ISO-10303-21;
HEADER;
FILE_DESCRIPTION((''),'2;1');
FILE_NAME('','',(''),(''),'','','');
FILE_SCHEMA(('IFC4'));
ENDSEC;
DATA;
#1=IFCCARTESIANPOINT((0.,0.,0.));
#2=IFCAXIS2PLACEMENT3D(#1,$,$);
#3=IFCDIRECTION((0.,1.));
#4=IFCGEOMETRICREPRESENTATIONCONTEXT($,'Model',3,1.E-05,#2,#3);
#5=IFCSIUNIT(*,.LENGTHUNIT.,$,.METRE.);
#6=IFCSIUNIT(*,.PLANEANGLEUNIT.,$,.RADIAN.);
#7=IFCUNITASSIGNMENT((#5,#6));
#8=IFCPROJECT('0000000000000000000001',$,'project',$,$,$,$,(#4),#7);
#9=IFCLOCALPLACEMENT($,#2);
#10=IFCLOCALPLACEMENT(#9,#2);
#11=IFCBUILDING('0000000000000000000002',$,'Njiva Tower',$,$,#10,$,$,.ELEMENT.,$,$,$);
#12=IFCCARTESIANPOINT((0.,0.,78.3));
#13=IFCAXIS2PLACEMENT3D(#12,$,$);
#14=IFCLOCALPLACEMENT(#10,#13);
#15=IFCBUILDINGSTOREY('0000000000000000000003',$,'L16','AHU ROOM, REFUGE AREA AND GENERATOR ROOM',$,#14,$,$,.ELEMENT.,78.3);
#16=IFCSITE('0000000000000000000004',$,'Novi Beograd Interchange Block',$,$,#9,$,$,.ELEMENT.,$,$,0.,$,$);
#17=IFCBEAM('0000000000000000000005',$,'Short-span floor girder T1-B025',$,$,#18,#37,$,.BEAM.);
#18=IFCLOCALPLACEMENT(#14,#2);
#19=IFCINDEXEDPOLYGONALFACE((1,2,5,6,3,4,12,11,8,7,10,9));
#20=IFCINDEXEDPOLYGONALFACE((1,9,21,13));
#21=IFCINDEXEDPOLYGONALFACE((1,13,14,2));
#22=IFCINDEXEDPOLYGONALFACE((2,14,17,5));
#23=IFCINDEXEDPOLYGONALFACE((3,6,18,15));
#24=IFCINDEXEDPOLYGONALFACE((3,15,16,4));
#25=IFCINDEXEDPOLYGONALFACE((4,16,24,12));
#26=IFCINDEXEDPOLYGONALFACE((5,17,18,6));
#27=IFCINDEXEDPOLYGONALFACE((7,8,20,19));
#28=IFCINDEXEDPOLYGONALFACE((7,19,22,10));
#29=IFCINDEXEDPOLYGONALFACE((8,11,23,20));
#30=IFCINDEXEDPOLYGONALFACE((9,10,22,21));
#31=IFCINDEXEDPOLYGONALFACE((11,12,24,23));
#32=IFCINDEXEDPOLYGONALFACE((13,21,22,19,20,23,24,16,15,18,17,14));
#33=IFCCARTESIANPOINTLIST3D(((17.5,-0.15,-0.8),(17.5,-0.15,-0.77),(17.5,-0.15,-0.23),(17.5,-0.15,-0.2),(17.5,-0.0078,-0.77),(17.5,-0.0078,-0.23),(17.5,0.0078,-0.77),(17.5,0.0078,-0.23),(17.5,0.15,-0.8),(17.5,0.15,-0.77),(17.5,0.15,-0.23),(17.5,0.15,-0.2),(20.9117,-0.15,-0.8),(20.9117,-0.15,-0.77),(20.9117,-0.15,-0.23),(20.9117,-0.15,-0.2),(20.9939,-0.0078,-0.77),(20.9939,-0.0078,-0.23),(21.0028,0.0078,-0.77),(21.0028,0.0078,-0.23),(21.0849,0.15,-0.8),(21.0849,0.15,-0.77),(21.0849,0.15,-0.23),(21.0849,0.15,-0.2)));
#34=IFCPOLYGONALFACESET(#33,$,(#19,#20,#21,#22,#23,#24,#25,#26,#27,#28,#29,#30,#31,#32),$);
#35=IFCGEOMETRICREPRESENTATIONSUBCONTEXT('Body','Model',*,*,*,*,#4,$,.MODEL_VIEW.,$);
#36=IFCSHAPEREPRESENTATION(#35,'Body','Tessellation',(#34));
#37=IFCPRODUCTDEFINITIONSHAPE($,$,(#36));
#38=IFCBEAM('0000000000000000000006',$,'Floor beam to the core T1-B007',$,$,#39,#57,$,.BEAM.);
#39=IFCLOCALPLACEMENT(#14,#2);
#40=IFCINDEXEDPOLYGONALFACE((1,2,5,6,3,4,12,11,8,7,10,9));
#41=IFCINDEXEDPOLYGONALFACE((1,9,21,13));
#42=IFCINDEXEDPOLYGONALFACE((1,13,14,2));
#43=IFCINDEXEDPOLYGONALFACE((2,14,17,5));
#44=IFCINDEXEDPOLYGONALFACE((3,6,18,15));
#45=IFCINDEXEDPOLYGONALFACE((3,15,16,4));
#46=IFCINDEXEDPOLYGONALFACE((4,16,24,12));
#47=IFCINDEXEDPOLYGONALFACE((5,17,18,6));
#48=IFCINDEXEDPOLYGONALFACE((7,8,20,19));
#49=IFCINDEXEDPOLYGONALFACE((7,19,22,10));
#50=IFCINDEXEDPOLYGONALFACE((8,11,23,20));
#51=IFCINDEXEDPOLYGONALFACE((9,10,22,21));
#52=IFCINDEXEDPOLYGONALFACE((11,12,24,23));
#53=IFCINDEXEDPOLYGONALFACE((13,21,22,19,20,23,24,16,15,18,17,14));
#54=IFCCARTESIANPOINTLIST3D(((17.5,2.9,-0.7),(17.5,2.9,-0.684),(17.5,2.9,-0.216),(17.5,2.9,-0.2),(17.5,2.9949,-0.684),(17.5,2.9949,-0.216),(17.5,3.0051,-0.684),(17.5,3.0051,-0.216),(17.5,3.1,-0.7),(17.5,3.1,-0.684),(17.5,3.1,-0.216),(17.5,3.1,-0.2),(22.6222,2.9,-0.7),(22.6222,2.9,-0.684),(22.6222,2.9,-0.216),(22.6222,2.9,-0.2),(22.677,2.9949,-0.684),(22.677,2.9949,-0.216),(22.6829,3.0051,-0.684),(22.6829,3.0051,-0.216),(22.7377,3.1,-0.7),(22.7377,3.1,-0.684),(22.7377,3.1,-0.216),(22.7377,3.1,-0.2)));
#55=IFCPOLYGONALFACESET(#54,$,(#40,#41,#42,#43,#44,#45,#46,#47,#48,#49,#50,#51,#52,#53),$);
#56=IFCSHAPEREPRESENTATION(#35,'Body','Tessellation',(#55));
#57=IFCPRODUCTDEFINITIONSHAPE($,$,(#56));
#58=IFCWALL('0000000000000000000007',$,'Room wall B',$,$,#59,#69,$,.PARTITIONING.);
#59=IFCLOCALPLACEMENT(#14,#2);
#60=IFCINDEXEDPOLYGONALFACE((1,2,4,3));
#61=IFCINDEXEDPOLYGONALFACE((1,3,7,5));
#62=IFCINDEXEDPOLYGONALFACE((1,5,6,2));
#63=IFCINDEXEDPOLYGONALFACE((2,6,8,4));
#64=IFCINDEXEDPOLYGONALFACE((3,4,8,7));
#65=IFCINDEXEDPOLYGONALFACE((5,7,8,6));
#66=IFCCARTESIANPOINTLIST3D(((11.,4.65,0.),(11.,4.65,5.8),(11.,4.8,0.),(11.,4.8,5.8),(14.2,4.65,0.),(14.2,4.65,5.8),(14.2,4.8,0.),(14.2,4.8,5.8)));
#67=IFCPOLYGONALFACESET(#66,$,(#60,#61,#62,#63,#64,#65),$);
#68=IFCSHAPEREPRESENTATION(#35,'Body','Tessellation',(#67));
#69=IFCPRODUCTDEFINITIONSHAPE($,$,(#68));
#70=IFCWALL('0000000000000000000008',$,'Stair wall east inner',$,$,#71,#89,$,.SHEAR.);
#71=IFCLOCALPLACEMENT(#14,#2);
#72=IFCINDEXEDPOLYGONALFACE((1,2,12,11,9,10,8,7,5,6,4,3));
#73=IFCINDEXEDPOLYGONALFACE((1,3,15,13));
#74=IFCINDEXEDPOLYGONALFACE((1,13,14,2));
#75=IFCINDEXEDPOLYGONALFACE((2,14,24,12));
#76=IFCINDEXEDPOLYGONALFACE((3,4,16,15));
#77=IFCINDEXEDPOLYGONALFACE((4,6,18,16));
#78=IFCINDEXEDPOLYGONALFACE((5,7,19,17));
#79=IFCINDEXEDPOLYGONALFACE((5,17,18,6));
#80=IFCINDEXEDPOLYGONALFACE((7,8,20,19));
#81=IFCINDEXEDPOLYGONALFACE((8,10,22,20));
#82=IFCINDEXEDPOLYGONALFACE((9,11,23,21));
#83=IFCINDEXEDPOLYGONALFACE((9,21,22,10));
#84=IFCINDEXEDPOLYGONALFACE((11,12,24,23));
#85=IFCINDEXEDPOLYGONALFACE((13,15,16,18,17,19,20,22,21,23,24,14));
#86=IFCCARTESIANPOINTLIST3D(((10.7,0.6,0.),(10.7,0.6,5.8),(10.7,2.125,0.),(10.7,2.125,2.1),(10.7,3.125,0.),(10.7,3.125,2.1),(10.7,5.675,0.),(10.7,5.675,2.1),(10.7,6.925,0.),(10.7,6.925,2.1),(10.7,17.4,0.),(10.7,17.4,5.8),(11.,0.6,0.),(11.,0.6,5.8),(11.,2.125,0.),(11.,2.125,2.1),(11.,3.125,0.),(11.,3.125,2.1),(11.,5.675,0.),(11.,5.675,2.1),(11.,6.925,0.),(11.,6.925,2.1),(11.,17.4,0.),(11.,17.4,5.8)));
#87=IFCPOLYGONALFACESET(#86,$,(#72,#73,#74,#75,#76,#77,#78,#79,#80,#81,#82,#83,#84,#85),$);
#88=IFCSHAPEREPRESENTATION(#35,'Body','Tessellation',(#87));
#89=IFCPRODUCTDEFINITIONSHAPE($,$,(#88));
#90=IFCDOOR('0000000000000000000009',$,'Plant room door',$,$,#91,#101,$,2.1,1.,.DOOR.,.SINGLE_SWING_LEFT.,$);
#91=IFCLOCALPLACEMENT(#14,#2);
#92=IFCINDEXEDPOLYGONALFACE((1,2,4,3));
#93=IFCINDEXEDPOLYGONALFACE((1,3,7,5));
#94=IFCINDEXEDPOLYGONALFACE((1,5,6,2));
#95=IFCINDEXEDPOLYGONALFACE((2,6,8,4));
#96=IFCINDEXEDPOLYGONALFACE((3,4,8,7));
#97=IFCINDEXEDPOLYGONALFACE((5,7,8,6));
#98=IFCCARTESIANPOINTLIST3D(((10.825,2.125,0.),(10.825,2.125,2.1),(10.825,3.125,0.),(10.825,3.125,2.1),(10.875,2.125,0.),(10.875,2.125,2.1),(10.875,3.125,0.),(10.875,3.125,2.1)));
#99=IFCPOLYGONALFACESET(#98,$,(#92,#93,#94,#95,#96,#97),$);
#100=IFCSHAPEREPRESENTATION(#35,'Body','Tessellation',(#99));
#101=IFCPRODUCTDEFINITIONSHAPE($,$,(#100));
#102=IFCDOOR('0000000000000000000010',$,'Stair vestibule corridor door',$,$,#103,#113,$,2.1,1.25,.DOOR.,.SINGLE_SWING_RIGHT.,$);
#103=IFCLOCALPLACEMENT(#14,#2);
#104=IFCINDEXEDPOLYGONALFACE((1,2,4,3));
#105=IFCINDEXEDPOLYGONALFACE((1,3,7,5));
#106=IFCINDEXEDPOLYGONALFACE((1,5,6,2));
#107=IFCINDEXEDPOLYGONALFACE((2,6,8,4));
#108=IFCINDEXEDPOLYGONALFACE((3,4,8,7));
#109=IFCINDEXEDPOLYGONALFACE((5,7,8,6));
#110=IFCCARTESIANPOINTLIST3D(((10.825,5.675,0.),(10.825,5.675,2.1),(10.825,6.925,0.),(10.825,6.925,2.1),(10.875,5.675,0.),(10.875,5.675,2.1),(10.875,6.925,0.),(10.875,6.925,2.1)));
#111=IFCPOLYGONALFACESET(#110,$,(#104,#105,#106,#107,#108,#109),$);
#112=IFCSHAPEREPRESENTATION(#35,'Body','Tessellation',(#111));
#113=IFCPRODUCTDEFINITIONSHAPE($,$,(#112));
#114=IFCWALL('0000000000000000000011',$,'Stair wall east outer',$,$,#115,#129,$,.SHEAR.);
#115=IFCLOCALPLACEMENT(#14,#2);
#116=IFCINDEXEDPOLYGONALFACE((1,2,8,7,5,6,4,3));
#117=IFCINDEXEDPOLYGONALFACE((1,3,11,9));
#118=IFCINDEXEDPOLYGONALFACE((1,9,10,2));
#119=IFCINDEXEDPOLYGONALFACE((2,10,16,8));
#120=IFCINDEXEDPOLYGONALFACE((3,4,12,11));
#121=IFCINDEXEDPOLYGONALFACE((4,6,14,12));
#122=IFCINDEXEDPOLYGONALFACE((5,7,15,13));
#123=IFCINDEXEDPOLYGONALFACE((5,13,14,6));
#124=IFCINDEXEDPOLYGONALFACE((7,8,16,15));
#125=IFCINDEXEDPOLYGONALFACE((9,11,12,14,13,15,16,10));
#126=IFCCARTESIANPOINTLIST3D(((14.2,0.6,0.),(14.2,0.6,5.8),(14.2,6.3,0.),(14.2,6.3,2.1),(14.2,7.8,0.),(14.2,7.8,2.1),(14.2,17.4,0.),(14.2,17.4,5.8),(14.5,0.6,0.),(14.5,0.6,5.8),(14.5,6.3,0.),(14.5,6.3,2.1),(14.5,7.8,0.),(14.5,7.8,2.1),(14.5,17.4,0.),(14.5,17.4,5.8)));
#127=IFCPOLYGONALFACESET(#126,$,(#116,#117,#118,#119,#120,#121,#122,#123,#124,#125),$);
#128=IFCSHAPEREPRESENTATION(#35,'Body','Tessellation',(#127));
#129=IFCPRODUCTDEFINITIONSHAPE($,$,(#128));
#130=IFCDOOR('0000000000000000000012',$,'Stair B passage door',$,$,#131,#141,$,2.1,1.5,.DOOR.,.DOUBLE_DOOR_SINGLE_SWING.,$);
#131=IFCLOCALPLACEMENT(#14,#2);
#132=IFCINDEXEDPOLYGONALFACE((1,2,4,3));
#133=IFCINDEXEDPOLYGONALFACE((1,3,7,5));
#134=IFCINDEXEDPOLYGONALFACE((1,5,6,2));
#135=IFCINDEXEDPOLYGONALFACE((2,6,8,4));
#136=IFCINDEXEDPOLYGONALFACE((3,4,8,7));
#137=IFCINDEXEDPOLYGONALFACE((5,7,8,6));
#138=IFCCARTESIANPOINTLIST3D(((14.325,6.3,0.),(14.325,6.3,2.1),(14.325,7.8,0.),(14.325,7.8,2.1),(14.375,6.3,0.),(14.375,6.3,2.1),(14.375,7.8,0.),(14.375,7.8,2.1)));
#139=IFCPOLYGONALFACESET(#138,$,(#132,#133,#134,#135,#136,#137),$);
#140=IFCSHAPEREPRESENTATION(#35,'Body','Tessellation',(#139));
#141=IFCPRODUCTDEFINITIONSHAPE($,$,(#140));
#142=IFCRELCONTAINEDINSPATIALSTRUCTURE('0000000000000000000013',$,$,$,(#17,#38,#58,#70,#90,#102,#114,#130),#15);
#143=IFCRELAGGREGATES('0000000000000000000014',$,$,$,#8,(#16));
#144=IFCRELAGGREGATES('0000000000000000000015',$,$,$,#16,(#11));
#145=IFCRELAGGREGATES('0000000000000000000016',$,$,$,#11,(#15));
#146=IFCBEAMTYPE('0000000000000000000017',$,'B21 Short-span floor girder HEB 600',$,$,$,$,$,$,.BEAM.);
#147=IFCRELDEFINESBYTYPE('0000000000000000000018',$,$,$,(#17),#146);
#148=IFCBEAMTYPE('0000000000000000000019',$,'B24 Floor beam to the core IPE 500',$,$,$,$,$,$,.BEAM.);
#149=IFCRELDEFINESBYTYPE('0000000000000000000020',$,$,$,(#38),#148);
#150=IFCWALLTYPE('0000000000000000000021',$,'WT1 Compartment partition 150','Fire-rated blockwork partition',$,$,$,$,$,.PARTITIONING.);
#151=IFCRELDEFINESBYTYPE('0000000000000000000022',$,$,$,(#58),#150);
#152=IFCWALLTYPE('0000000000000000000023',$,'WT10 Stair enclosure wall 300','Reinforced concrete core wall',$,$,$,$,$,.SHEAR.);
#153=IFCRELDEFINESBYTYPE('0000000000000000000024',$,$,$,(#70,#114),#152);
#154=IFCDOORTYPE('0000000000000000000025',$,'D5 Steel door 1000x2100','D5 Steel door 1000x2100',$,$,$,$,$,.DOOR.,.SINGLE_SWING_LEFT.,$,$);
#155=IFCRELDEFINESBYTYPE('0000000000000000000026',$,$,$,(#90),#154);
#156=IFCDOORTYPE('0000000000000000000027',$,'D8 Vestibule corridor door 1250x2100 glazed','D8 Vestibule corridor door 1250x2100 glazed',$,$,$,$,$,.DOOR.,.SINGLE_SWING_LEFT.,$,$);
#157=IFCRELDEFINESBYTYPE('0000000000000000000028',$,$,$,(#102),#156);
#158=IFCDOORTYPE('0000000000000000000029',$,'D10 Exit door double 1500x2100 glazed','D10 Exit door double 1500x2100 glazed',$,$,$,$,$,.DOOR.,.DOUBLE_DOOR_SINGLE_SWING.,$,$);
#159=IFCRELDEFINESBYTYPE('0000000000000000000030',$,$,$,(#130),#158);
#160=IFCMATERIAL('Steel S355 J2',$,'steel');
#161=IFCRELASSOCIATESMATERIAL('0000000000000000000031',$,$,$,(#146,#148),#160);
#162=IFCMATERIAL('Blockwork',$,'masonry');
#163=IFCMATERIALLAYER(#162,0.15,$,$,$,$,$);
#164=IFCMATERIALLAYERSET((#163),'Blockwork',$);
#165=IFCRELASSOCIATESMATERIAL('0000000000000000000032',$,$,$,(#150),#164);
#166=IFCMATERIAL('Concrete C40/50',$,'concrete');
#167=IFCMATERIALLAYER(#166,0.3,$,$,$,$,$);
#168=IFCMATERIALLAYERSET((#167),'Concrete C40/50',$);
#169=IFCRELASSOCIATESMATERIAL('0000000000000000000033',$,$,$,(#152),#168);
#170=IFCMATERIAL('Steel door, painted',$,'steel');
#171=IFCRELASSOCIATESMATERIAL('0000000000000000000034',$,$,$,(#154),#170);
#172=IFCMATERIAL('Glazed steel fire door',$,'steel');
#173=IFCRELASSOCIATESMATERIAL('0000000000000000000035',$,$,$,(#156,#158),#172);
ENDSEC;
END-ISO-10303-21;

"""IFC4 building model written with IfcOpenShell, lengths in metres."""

from ifc_helpers import new_model, si_unit, direction, frame, frame_2d, origin, origin_2d, place, context, subcontext, project, spatial, rectangle, i_section, extrude, clip, halfspace, material, layer, layer_set, material_profile, profile_set, type_object, element, fill, save


model = new_model("IFC4")

# Units and contexts
model_context = context("Model", 3, precision=1e-05, world=origin(), true_north=direction((0.0, 1.0)))
body_context = subcontext(model_context, "Body", "Model", "MODEL_VIEW")
ifc_project = project(units=[si_unit("LENGTHUNIT", "METRE"), si_unit("PLANEANGLEUNIT", "RADIAN")], contexts=[model_context])

# Site, building, storey
site_placement = place(None, origin())
site = spatial("IfcSite", under=ifc_project, at=site_placement, Name="Novi Beograd Interchange Block", CompositionType="ELEMENT", RefElevation=0.0)
building_placement = place(site_placement, origin())
building = spatial("IfcBuilding", under=site, at=building_placement, Name="Njiva Tower", CompositionType="ELEMENT")
storey_placement = place(building_placement, frame((0.0, 0.0, 78.3)))
storey = spatial("IfcBuildingStorey", under=building, at=storey_placement, Name="L16", Description="AHU ROOM, REFUGE AREA AND GENERATOR ROOM", CompositionType="ELEMENT", Elevation=78.3)

# Beams
ifc_material_1 = material(Name="Steel S355 J2", Category="steel")
ifc_material_profile_1 = material_profile(ifc_material_1, i_section(OverallWidth=0.3, OverallDepth=0.6, WebThickness=0.0155, FlangeThickness=0.03, at=origin_2d()), Name="HEB 600")
ifc_profile_set_1 = profile_set([ifc_material_profile_1], Name="Steel S355 J2")
beam_type_1 = type_object("IfcBeamType", Name="B21 Short-span floor girder HEB 600", PredefinedType="BEAM", material=ifc_profile_set_1)
beam_1_placement = place(storey_placement, frame((17.5, 0.0, -0.5), z_axis=(1.0, 0.0, 0.0), x_axis=(0.0, 1.0, 0.0)))
element("IfcBeam", 1, at=beam_1_placement, inside=storey, type_object=beam_type_1, Name="Short-span floor girder T1-B025", PredefinedType="BEAM", context=body_context, shape_type="Clipping", body=[
    clip(extrude(i_section(OverallWidth=0.3, OverallDepth=0.6, WebThickness=0.0155, FlangeThickness=0.03, at=origin_2d()), origin(), (0.0, 0.0, 1.0), 3.605), halfspace(frame((-0.025, 0.0, 3.4839), z_axis=(-0.499998, 0.0, 0.866027), x_axis=(0.0, 1.0, 0.0)), False)),
])
ifc_material_profile_2 = material_profile(ifc_material_1, i_section(OverallWidth=0.2, OverallDepth=0.5, WebThickness=0.0102, FlangeThickness=0.016, at=origin_2d()), Name="IPE 500")
ifc_profile_set_2 = profile_set([ifc_material_profile_2], Name="Steel S355 J2")
beam_type_2 = type_object("IfcBeamType", Name="B24 Floor beam to the core IPE 500", PredefinedType="BEAM", material=ifc_profile_set_2)
beam_2_placement = place(storey_placement, frame((17.5, 3.0, -0.45), z_axis=(1.0, 0.0, 0.0), x_axis=(0.0, 1.0, 0.0)))
element("IfcBeam", 2, at=beam_2_placement, inside=storey, type_object=beam_type_2, Name="Floor beam to the core T1-B007", PredefinedType="BEAM", context=body_context, shape_type="Clipping", body=[
    clip(extrude(i_section(OverallWidth=0.2, OverallDepth=0.5, WebThickness=0.0102, FlangeThickness=0.016, at=origin_2d()), origin(), (0.0, 0.0, 1.0), 5.258), halfspace(frame((-0.025, 0.0, 5.1655), z_axis=(-0.499998, 0.0, 0.866027), x_axis=(0.0, 1.0, 0.0)), False)),
])

# Wall
ifc_material_2 = material(Name="Blockwork", Category="masonry")
ifc_layer_1 = layer(ifc_material_2, 0.15)
ifc_layer_set_1 = layer_set([ifc_layer_1], Name="Blockwork")
wall_type_1 = type_object("IfcWallType", Name="WT1 Compartment partition 150", Description="Fire-rated blockwork partition", PredefinedType="PARTITIONING", material=ifc_layer_set_1)
wall_1_placement = place(storey_placement, frame((11.0, 4.725, 0.0), z_axis=(0.0, 0.0, 1.0), x_axis=(1.0, 0.0, 0.0)))
element("IfcWall", 3, at=wall_1_placement, inside=storey, type_object=wall_type_1, Name="Room wall B", PredefinedType="PARTITIONING", context=body_context, shape_type="SweptSolid", body=[
    extrude(rectangle(XDim=3.2, YDim=0.15, at=frame_2d((1.6, 0.0))), origin(), (0.0, 0.0, 1.0), 5.8),
])

# Wall, openings, doors
ifc_material_3 = material(Name="Concrete C40/50", Category="concrete")
ifc_layer_2 = layer(ifc_material_3, 0.3)
ifc_layer_set_2 = layer_set([ifc_layer_2], Name="Concrete C40/50")
wall_type_2 = type_object("IfcWallType", Name="WT10 Stair enclosure wall 300", Description="Reinforced concrete core wall", PredefinedType="SHEAR", material=ifc_layer_set_2)
wall_2_placement = place(storey_placement, frame((10.85, 0.6, 0.0), z_axis=(0.0, 0.0, 1.0), x_axis=(0.0, 1.0, 0.0)))
wall_2 = element("IfcWall", 4, at=wall_2_placement, inside=storey, type_object=wall_type_2, Name="Stair wall east inner", PredefinedType="SHEAR", context=body_context, shape_type="SweptSolid", body=[
    extrude(rectangle(XDim=16.8, YDim=0.3, at=frame_2d((8.4, 0.0))), origin(), (0.0, 0.0, 1.0), 5.8),
])
opening_1_placement = place(wall_2_placement, frame((5.075, 0.0, 0.0)))
opening_1 = element("IfcOpeningElement", 5, at=opening_1_placement, cuts=wall_2, PredefinedType="OPENING", context=body_context, shape_type="SweptSolid", body=[
    extrude(rectangle(XDim=1.25, YDim=2.1, at=frame_2d((0.625, 1.05))), frame((0.0, 0.16, 0.0), z_axis=(0.0, -1.0, 0.0), x_axis=(1.0, 0.0, 0.0)), (0.0, 0.0, 1.0), 0.32),
])
opening_2_placement = place(wall_2_placement, frame((1.525, 0.0, 0.0)))
opening_2 = element("IfcOpeningElement", 6, at=opening_2_placement, cuts=wall_2, PredefinedType="OPENING", context=body_context, shape_type="SweptSolid", body=[
    extrude(rectangle(XDim=1.0, YDim=2.1, at=frame_2d((0.5, 1.05))), frame((0.0, 0.16, 0.0), z_axis=(0.0, -1.0, 0.0), x_axis=(1.0, 0.0, 0.0)), (0.0, 0.0, 1.0), 0.32),
])
ifc_material_4 = material(Name="Steel door, painted", Category="steel")
door_type_1 = type_object("IfcDoorType", Name="D5 Steel door 1000x2100", Description="D5 Steel door 1000x2100", OperationType="SINGLE_SWING_LEFT", PredefinedType="DOOR", material=ifc_material_4)
door_1_placement = place(opening_2_placement, origin())
door_1 = element("IfcDoor", 7, at=door_1_placement, inside=storey, type_object=door_type_1, Name="Plant room door", OperationType="SINGLE_SWING_LEFT", OverallHeight=2.1, OverallWidth=1.0, PredefinedType="DOOR", context=body_context, shape_type="SweptSolid", body=[
    extrude(rectangle(XDim=1.0, YDim=2.1, at=frame_2d((0.5, 1.05))), frame((0.0, 0.025, 0.0), z_axis=(0.0, -1.0, 0.0), x_axis=(1.0, 0.0, 0.0)), (0.0, 0.0, 1.0), 0.05),
])
fill(opening_2, door_1)
ifc_material_5 = material(Name="Glazed steel fire door", Category="steel")
door_type_2 = type_object("IfcDoorType", Name="D8 Vestibule corridor door 1250x2100 glazed", Description="D8 Vestibule corridor door 1250x2100 glazed", OperationType="SINGLE_SWING_LEFT", PredefinedType="DOOR", material=ifc_material_5)
door_2_placement = place(opening_1_placement, origin())
door_2 = element("IfcDoor", 8, at=door_2_placement, inside=storey, type_object=door_type_2, Name="Stair vestibule corridor door", OperationType="SINGLE_SWING_RIGHT", OverallHeight=2.1, OverallWidth=1.25, PredefinedType="DOOR", context=body_context, shape_type="SweptSolid", body=[
    extrude(rectangle(XDim=1.25, YDim=2.1, at=frame_2d((0.625, 1.05))), frame((0.0, 0.025, 0.0), z_axis=(0.0, -1.0, 0.0), x_axis=(1.0, 0.0, 0.0)), (0.0, 0.0, 1.0), 0.05),
])
fill(opening_1, door_2)

# Wall, opening, door
wall_3_placement = place(storey_placement, frame((14.35, 0.6, 0.0), z_axis=(0.0, 0.0, 1.0), x_axis=(0.0, 1.0, 0.0)))
wall_3 = element("IfcWall", 9, at=wall_3_placement, inside=storey, type_object=wall_type_2, Name="Stair wall east outer", PredefinedType="SHEAR", context=body_context, shape_type="SweptSolid", body=[
    extrude(rectangle(XDim=16.8, YDim=0.3, at=frame_2d((8.4, 0.0))), origin(), (0.0, 0.0, 1.0), 5.8),
])
opening_3_placement = place(wall_3_placement, frame((5.7, 0.0, 0.0)))
opening_3 = element("IfcOpeningElement", 10, at=opening_3_placement, cuts=wall_3, PredefinedType="OPENING", context=body_context, shape_type="SweptSolid", body=[
    extrude(rectangle(XDim=1.5, YDim=2.1, at=frame_2d((0.75, 1.05))), frame((0.0, 0.16, 0.0), z_axis=(0.0, -1.0, 0.0), x_axis=(1.0, 0.0, 0.0)), (0.0, 0.0, 1.0), 0.32),
])
door_type_3 = type_object("IfcDoorType", Name="D10 Exit door double 1500x2100 glazed", Description="D10 Exit door double 1500x2100 glazed", OperationType="DOUBLE_DOOR_SINGLE_SWING", PredefinedType="DOOR", material=ifc_material_5)
door_3_placement = place(opening_3_placement, origin())
door_3 = element("IfcDoor", 11, at=door_3_placement, inside=storey, type_object=door_type_3, Name="Stair B passage door", OperationType="DOUBLE_DOOR_SINGLE_SWING", OverallHeight=2.1, OverallWidth=1.5, PredefinedType="DOOR", context=body_context, shape_type="SweptSolid", body=[
    extrude(rectangle(XDim=1.5, YDim=2.1, at=frame_2d((0.75, 1.05))), frame((0.0, 0.025, 0.0), z_axis=(0.0, -1.0, 0.0), x_axis=(1.0, 0.0, 0.0)), (0.0, 0.0, 1.0), 0.05),
])
fill(opening_3, door_3)

save(model, "model.ifc")
